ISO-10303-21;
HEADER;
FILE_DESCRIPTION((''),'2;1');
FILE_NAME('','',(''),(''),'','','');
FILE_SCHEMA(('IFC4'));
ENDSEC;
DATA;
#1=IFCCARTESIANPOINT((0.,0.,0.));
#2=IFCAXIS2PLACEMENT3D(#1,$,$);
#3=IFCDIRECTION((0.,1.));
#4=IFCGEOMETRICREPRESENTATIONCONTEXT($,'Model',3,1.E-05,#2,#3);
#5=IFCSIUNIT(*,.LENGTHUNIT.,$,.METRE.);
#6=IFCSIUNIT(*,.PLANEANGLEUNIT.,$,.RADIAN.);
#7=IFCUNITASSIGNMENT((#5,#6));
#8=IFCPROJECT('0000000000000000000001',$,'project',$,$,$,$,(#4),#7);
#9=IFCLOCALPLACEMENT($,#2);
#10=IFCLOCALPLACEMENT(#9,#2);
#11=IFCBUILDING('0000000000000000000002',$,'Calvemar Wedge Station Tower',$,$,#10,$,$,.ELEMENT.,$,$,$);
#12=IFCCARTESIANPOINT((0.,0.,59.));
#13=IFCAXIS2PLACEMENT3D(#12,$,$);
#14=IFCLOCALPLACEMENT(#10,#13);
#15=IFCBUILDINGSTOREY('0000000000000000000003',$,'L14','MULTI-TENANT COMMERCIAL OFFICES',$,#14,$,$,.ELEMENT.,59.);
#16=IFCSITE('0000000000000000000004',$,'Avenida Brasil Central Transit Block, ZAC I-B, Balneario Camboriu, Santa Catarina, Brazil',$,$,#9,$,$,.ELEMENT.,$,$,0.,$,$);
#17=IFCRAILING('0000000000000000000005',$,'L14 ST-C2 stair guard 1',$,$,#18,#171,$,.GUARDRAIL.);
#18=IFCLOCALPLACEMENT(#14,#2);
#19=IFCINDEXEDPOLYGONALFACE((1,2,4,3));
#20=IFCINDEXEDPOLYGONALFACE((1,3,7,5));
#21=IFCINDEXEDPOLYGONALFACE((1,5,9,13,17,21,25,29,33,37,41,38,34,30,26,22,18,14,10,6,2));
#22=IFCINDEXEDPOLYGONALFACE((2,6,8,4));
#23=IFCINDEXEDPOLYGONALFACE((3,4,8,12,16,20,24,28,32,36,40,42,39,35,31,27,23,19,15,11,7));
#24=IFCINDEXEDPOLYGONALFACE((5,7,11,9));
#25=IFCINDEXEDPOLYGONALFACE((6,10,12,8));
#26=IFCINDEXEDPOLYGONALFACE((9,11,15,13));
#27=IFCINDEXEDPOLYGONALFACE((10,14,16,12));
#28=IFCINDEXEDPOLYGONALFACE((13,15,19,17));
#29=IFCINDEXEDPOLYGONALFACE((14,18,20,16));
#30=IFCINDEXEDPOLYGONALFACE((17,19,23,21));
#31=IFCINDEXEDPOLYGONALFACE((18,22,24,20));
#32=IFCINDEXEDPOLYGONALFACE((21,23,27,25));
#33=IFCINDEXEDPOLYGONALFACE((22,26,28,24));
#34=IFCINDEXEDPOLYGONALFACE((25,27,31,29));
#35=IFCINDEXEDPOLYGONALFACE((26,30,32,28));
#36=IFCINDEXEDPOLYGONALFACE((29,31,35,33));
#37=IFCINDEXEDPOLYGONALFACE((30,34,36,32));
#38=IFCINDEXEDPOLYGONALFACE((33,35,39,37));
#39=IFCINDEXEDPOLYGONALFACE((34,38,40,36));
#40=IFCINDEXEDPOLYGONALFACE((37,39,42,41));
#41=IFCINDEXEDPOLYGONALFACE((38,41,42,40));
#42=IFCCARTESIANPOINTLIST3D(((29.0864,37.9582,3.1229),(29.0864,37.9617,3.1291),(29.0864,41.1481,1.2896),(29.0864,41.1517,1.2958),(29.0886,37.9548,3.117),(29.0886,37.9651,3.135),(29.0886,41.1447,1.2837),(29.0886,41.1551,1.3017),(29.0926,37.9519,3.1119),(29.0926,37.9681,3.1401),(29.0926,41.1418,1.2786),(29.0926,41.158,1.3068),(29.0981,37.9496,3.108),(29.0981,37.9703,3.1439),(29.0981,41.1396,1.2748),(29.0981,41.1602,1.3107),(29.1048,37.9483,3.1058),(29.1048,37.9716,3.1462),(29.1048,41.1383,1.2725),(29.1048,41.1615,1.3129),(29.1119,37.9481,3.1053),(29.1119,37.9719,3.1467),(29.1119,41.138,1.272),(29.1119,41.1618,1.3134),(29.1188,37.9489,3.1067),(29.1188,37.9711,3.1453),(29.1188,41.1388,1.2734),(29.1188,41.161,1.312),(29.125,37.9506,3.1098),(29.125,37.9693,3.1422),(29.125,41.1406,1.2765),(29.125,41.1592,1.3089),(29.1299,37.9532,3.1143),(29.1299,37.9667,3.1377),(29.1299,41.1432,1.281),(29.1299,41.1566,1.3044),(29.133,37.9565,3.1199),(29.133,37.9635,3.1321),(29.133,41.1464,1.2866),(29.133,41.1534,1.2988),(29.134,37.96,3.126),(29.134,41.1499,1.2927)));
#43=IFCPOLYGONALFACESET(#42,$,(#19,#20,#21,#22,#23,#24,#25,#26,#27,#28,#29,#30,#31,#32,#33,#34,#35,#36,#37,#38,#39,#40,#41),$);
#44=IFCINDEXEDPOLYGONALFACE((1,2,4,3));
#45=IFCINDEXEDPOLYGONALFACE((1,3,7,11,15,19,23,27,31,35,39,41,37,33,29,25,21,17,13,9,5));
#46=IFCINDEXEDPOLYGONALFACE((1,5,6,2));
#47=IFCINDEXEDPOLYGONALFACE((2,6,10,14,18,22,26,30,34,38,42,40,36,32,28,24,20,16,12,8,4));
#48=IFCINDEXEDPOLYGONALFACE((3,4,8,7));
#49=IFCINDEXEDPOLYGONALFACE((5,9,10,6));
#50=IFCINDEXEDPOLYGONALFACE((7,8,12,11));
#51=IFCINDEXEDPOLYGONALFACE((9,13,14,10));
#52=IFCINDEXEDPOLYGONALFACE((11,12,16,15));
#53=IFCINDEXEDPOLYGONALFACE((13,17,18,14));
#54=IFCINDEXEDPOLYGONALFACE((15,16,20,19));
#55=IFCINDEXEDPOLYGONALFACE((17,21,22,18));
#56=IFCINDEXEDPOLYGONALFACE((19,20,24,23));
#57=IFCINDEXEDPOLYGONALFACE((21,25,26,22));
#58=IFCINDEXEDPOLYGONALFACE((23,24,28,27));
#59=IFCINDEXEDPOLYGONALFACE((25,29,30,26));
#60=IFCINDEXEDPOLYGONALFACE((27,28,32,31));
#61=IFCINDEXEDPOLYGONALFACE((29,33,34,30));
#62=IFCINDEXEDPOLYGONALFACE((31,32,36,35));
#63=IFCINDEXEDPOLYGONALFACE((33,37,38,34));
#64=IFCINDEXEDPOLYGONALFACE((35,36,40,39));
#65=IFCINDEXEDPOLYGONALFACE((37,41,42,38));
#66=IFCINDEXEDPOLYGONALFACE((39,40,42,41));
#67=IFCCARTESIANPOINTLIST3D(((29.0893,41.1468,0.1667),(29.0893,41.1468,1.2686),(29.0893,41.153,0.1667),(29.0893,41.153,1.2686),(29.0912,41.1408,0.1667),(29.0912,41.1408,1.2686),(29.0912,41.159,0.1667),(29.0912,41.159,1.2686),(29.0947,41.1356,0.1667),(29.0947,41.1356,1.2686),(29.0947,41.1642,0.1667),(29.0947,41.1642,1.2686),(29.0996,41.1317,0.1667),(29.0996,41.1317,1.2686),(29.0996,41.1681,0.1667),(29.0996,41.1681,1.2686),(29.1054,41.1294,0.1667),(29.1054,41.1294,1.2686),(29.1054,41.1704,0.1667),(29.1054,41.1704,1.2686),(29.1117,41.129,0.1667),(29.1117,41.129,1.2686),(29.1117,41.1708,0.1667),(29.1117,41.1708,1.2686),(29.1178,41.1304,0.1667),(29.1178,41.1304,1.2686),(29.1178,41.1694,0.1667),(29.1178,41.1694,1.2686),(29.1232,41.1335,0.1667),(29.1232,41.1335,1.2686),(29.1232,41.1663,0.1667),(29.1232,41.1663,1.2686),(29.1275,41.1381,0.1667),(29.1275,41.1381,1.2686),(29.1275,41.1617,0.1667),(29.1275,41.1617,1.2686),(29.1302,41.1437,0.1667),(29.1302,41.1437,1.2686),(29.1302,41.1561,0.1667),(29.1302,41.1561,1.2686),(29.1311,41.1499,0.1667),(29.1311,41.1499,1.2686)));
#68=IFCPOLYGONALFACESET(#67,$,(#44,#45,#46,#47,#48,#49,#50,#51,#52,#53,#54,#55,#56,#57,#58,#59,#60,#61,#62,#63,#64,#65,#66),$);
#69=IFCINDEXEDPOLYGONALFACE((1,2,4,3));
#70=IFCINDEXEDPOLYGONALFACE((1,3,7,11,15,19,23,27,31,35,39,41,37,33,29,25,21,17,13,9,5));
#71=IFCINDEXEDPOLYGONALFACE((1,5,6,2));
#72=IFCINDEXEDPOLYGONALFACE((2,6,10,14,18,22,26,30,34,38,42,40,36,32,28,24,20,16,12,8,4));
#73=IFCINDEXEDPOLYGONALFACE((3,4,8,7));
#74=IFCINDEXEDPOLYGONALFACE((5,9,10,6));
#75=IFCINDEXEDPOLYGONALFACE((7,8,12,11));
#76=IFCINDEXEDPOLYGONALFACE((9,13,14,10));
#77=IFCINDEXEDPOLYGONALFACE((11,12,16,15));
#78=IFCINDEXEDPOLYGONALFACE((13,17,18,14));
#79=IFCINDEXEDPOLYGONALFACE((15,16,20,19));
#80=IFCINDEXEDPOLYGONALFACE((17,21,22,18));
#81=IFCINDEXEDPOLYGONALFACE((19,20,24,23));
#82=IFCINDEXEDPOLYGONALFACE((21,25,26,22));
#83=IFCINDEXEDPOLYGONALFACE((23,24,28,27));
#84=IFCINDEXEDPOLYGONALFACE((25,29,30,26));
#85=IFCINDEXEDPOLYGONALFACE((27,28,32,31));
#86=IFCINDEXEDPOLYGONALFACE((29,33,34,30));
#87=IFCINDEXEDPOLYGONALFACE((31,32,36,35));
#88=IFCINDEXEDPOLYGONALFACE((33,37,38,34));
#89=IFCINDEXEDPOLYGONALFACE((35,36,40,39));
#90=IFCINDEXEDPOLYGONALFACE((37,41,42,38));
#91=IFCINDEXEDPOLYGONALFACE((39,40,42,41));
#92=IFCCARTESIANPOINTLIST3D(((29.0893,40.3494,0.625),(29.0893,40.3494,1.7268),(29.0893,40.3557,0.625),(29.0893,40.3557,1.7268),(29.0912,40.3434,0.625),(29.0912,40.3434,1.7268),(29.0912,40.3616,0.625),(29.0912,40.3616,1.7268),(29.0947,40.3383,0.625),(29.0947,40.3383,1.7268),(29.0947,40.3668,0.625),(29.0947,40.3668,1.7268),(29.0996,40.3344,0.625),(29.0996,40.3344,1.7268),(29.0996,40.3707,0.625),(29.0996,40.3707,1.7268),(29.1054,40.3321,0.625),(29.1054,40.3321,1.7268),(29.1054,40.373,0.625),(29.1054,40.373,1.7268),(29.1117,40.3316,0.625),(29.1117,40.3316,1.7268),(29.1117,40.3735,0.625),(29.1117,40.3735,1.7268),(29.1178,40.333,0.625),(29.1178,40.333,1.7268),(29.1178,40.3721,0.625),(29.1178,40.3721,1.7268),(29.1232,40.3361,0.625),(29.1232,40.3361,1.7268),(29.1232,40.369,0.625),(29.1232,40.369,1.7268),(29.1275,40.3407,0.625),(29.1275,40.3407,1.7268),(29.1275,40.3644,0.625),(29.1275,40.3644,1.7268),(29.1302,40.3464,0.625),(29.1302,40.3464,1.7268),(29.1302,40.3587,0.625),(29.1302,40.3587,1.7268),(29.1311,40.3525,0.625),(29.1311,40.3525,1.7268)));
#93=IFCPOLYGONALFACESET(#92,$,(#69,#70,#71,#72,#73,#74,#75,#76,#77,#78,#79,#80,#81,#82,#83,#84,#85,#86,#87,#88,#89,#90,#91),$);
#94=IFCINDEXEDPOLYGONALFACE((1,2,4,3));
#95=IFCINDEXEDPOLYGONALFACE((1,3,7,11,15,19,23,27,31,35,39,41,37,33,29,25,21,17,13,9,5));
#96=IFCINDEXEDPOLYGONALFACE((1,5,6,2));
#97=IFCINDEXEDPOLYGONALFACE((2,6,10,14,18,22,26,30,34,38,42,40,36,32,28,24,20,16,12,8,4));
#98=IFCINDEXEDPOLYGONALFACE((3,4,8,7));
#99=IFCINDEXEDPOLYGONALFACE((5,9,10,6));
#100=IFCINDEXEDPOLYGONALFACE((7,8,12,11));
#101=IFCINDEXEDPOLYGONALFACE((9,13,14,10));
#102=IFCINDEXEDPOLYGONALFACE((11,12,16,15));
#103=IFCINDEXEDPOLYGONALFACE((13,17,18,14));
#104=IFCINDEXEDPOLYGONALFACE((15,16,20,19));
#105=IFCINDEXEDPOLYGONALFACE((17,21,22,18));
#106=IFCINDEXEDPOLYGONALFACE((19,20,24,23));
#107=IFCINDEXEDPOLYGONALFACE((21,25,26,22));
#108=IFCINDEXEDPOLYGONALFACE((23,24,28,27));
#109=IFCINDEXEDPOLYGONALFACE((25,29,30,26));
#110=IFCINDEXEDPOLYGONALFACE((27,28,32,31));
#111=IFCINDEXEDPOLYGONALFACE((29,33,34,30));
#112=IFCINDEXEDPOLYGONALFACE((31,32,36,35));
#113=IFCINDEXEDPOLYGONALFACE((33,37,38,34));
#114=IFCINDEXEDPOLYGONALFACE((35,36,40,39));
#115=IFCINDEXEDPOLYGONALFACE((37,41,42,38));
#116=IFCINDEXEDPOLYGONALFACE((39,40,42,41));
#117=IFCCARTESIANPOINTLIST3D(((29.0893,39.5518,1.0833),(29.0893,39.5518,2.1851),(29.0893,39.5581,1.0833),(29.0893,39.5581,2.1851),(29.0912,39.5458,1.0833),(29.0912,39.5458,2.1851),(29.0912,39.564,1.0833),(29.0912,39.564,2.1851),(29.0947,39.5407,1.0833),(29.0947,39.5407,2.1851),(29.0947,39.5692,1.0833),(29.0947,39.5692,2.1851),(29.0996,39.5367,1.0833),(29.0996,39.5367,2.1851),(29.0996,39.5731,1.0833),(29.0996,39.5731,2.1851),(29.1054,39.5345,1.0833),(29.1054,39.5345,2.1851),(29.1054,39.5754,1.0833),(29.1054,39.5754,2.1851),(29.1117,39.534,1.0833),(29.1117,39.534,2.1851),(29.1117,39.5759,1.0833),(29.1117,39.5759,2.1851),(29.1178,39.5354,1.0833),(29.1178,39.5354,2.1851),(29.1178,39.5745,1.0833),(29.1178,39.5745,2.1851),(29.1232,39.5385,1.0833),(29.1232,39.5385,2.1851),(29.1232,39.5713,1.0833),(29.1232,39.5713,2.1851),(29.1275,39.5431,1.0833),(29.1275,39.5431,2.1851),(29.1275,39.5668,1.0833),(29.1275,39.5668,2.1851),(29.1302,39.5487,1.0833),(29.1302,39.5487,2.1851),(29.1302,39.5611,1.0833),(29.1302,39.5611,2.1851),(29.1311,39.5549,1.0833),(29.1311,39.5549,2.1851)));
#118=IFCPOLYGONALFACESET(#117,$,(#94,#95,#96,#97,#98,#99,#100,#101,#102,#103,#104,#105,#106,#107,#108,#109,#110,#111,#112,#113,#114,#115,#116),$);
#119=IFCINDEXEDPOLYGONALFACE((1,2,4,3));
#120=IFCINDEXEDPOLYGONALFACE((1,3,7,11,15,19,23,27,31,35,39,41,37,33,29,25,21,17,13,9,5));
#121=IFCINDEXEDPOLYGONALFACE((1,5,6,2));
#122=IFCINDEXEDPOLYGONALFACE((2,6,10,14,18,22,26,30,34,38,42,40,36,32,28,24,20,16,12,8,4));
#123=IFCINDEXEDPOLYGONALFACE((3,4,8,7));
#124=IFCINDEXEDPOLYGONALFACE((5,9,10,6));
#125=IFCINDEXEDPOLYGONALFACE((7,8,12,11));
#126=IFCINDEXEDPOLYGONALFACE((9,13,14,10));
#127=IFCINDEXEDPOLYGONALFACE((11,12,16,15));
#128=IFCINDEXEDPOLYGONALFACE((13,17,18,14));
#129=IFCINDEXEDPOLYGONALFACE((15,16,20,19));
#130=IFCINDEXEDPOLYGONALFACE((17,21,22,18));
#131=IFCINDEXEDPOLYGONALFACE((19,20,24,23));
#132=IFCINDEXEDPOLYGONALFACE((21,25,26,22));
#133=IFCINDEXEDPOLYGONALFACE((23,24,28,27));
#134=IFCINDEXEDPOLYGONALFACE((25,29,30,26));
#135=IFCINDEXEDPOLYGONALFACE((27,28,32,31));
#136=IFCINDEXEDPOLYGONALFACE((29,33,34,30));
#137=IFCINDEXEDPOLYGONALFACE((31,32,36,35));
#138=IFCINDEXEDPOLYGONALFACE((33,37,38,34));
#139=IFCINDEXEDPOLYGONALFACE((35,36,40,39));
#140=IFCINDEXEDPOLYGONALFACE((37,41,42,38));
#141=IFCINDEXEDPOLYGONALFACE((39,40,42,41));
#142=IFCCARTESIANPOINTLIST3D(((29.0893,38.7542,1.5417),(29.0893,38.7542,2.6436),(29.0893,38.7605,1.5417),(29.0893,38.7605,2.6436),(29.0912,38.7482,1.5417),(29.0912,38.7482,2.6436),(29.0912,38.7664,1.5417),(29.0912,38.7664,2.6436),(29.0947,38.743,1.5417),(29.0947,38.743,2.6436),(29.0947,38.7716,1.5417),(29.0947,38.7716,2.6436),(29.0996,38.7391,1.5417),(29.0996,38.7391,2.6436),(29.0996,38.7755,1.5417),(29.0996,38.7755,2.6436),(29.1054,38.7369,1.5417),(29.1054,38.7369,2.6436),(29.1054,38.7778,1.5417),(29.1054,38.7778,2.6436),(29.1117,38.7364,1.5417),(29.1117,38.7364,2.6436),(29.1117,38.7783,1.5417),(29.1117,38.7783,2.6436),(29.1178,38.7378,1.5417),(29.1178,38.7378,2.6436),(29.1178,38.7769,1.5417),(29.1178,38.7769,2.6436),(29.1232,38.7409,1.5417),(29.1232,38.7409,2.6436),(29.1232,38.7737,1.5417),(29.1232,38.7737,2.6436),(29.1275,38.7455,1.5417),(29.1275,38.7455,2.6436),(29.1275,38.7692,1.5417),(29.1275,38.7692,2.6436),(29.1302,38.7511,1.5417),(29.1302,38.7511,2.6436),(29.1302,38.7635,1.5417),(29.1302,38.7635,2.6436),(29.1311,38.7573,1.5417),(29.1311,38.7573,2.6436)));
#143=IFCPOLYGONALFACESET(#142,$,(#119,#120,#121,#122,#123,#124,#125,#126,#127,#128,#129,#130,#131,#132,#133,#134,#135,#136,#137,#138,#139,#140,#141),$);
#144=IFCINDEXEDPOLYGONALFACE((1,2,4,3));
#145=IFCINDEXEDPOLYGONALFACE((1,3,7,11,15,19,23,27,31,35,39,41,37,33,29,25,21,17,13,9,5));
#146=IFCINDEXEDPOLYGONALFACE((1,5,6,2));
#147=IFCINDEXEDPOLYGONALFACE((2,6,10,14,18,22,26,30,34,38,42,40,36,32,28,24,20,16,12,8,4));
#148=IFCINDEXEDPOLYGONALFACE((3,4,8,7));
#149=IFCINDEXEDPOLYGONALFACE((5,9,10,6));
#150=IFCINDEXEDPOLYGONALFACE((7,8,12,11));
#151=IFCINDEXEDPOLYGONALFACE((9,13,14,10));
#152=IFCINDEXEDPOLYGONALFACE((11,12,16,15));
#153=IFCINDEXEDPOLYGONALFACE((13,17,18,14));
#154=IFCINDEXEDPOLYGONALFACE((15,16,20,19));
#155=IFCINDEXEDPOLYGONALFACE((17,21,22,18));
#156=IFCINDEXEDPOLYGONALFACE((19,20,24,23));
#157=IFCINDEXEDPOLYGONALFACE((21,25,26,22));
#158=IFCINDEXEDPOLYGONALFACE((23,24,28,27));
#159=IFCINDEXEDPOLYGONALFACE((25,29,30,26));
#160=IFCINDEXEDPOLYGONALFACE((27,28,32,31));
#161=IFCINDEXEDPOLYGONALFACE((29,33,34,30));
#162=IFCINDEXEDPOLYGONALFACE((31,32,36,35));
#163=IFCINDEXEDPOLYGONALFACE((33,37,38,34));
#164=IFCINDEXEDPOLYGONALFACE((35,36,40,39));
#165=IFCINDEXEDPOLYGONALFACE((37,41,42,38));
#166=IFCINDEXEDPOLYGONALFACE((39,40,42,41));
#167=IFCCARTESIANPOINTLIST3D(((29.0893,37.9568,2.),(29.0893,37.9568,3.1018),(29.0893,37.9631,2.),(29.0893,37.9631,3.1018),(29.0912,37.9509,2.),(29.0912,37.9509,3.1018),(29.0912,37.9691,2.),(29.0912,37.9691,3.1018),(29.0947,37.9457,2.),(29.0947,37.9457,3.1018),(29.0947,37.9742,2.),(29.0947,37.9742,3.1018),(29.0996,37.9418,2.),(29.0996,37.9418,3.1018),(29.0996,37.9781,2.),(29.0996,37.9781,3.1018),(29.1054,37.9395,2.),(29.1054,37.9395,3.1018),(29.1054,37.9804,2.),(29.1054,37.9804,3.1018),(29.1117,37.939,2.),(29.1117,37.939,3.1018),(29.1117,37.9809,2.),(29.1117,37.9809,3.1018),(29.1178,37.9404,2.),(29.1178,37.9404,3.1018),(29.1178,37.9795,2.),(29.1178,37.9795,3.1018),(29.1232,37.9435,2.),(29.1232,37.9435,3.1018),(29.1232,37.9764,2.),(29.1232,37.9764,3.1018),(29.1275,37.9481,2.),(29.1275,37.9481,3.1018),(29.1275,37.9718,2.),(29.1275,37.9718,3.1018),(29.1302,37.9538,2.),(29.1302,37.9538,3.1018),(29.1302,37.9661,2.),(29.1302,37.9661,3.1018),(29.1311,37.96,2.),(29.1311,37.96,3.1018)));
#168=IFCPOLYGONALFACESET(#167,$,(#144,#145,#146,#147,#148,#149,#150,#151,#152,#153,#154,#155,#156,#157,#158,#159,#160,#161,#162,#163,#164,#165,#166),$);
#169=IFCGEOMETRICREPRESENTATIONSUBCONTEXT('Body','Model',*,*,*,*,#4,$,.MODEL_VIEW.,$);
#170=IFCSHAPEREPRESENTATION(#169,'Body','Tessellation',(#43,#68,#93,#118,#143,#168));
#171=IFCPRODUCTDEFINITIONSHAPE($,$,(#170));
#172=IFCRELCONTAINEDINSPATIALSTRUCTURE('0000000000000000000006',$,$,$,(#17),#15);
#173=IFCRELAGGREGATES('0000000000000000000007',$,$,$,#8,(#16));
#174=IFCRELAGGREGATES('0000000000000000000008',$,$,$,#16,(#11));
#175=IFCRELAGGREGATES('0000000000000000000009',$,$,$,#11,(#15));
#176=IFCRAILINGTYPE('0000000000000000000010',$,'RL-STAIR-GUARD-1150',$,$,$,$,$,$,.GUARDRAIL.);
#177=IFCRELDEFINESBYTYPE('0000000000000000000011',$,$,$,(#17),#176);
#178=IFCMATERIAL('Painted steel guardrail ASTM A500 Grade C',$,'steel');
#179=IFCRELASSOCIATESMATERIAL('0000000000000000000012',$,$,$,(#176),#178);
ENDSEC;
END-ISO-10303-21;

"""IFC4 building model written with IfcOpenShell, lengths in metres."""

from ifc_helpers import new_model, si_unit, direction, frame, origin, origin_2d, place, context, subcontext, project, spatial, circle, extrude, material, type_object, element, save


model = new_model("IFC4")

# Units and contexts
model_context = context("Model", 3, precision=1e-05, world=origin(), true_north=direction((0.0, 1.0)))
body_context = subcontext(model_context, "Body", "Model", "MODEL_VIEW")
ifc_project = project(units=[si_unit("LENGTHUNIT", "METRE"), si_unit("PLANEANGLEUNIT", "RADIAN")], contexts=[model_context])

# Site, building, storey
site_placement = place(None, origin())
site = spatial("IfcSite", under=ifc_project, at=site_placement, Name="Avenida Brasil Central Transit Block, ZAC I-B, Balneario Camboriu, Santa Catarina, Brazil", CompositionType="ELEMENT", RefElevation=0.0)
building_placement = place(site_placement, origin())
building = spatial("IfcBuilding", under=site, at=building_placement, Name="Calvemar Wedge Station Tower", CompositionType="ELEMENT")
storey_placement = place(building_placement, frame((0.0, 0.0, 59.0)))
storey = spatial("IfcBuildingStorey", under=building, at=storey_placement, Name="L14", Description="MULTI-TENANT COMMERCIAL OFFICES", CompositionType="ELEMENT", Elevation=59.0)

# Railing
ifc_material_1 = material(Name="Painted steel guardrail ASTM A500 Grade C", Category="steel")
railing_type_1 = type_object("IfcRailingType", Name="RL-STAIR-GUARD-1150", PredefinedType="GUARDRAIL", material=ifc_material_1)
railing_1_placement = place(storey_placement, frame((29.1101, 41.1499, 0.1667)))
element("IfcRailing", 1, at=railing_1_placement, inside=storey, type_object=railing_type_1, Name="L14 ST-C2 stair guard 1", PredefinedType="GUARDRAIL", context=body_context, shape_type="SweptSolid", body=[
    extrude(circle(Radius=0.0239, at=origin_2d()), frame((0.0, 0.0, 1.126), z_axis=(0.0, -0.86702, 0.498274), x_axis=(1.0, 0.0, 0.0)), (0.0, 0.0, 1.0), 3.6792),
    extrude(circle(Radius=0.021, at=origin_2d()), origin(), (0.0, 0.0, 1.0), 1.1018),
    extrude(circle(Radius=0.021, at=origin_2d()), frame((0.0, -0.7974, 0.4583)), (0.0, 0.0, 1.0), 1.1018),
    extrude(circle(Radius=0.021, at=origin_2d()), frame((0.0, -1.595, 0.9165)), (0.0, 0.0, 1.0), 1.1018),
    extrude(circle(Radius=0.021, at=origin_2d()), frame((0.0, -2.3926, 1.375)), (0.0, 0.0, 1.0), 1.1018),
    extrude(circle(Radius=0.021, at=origin_2d()), frame((0.0, -3.1899, 1.8333)), (0.0, 0.0, 1.0), 1.1018),
])

save(model, "model.ifc")
